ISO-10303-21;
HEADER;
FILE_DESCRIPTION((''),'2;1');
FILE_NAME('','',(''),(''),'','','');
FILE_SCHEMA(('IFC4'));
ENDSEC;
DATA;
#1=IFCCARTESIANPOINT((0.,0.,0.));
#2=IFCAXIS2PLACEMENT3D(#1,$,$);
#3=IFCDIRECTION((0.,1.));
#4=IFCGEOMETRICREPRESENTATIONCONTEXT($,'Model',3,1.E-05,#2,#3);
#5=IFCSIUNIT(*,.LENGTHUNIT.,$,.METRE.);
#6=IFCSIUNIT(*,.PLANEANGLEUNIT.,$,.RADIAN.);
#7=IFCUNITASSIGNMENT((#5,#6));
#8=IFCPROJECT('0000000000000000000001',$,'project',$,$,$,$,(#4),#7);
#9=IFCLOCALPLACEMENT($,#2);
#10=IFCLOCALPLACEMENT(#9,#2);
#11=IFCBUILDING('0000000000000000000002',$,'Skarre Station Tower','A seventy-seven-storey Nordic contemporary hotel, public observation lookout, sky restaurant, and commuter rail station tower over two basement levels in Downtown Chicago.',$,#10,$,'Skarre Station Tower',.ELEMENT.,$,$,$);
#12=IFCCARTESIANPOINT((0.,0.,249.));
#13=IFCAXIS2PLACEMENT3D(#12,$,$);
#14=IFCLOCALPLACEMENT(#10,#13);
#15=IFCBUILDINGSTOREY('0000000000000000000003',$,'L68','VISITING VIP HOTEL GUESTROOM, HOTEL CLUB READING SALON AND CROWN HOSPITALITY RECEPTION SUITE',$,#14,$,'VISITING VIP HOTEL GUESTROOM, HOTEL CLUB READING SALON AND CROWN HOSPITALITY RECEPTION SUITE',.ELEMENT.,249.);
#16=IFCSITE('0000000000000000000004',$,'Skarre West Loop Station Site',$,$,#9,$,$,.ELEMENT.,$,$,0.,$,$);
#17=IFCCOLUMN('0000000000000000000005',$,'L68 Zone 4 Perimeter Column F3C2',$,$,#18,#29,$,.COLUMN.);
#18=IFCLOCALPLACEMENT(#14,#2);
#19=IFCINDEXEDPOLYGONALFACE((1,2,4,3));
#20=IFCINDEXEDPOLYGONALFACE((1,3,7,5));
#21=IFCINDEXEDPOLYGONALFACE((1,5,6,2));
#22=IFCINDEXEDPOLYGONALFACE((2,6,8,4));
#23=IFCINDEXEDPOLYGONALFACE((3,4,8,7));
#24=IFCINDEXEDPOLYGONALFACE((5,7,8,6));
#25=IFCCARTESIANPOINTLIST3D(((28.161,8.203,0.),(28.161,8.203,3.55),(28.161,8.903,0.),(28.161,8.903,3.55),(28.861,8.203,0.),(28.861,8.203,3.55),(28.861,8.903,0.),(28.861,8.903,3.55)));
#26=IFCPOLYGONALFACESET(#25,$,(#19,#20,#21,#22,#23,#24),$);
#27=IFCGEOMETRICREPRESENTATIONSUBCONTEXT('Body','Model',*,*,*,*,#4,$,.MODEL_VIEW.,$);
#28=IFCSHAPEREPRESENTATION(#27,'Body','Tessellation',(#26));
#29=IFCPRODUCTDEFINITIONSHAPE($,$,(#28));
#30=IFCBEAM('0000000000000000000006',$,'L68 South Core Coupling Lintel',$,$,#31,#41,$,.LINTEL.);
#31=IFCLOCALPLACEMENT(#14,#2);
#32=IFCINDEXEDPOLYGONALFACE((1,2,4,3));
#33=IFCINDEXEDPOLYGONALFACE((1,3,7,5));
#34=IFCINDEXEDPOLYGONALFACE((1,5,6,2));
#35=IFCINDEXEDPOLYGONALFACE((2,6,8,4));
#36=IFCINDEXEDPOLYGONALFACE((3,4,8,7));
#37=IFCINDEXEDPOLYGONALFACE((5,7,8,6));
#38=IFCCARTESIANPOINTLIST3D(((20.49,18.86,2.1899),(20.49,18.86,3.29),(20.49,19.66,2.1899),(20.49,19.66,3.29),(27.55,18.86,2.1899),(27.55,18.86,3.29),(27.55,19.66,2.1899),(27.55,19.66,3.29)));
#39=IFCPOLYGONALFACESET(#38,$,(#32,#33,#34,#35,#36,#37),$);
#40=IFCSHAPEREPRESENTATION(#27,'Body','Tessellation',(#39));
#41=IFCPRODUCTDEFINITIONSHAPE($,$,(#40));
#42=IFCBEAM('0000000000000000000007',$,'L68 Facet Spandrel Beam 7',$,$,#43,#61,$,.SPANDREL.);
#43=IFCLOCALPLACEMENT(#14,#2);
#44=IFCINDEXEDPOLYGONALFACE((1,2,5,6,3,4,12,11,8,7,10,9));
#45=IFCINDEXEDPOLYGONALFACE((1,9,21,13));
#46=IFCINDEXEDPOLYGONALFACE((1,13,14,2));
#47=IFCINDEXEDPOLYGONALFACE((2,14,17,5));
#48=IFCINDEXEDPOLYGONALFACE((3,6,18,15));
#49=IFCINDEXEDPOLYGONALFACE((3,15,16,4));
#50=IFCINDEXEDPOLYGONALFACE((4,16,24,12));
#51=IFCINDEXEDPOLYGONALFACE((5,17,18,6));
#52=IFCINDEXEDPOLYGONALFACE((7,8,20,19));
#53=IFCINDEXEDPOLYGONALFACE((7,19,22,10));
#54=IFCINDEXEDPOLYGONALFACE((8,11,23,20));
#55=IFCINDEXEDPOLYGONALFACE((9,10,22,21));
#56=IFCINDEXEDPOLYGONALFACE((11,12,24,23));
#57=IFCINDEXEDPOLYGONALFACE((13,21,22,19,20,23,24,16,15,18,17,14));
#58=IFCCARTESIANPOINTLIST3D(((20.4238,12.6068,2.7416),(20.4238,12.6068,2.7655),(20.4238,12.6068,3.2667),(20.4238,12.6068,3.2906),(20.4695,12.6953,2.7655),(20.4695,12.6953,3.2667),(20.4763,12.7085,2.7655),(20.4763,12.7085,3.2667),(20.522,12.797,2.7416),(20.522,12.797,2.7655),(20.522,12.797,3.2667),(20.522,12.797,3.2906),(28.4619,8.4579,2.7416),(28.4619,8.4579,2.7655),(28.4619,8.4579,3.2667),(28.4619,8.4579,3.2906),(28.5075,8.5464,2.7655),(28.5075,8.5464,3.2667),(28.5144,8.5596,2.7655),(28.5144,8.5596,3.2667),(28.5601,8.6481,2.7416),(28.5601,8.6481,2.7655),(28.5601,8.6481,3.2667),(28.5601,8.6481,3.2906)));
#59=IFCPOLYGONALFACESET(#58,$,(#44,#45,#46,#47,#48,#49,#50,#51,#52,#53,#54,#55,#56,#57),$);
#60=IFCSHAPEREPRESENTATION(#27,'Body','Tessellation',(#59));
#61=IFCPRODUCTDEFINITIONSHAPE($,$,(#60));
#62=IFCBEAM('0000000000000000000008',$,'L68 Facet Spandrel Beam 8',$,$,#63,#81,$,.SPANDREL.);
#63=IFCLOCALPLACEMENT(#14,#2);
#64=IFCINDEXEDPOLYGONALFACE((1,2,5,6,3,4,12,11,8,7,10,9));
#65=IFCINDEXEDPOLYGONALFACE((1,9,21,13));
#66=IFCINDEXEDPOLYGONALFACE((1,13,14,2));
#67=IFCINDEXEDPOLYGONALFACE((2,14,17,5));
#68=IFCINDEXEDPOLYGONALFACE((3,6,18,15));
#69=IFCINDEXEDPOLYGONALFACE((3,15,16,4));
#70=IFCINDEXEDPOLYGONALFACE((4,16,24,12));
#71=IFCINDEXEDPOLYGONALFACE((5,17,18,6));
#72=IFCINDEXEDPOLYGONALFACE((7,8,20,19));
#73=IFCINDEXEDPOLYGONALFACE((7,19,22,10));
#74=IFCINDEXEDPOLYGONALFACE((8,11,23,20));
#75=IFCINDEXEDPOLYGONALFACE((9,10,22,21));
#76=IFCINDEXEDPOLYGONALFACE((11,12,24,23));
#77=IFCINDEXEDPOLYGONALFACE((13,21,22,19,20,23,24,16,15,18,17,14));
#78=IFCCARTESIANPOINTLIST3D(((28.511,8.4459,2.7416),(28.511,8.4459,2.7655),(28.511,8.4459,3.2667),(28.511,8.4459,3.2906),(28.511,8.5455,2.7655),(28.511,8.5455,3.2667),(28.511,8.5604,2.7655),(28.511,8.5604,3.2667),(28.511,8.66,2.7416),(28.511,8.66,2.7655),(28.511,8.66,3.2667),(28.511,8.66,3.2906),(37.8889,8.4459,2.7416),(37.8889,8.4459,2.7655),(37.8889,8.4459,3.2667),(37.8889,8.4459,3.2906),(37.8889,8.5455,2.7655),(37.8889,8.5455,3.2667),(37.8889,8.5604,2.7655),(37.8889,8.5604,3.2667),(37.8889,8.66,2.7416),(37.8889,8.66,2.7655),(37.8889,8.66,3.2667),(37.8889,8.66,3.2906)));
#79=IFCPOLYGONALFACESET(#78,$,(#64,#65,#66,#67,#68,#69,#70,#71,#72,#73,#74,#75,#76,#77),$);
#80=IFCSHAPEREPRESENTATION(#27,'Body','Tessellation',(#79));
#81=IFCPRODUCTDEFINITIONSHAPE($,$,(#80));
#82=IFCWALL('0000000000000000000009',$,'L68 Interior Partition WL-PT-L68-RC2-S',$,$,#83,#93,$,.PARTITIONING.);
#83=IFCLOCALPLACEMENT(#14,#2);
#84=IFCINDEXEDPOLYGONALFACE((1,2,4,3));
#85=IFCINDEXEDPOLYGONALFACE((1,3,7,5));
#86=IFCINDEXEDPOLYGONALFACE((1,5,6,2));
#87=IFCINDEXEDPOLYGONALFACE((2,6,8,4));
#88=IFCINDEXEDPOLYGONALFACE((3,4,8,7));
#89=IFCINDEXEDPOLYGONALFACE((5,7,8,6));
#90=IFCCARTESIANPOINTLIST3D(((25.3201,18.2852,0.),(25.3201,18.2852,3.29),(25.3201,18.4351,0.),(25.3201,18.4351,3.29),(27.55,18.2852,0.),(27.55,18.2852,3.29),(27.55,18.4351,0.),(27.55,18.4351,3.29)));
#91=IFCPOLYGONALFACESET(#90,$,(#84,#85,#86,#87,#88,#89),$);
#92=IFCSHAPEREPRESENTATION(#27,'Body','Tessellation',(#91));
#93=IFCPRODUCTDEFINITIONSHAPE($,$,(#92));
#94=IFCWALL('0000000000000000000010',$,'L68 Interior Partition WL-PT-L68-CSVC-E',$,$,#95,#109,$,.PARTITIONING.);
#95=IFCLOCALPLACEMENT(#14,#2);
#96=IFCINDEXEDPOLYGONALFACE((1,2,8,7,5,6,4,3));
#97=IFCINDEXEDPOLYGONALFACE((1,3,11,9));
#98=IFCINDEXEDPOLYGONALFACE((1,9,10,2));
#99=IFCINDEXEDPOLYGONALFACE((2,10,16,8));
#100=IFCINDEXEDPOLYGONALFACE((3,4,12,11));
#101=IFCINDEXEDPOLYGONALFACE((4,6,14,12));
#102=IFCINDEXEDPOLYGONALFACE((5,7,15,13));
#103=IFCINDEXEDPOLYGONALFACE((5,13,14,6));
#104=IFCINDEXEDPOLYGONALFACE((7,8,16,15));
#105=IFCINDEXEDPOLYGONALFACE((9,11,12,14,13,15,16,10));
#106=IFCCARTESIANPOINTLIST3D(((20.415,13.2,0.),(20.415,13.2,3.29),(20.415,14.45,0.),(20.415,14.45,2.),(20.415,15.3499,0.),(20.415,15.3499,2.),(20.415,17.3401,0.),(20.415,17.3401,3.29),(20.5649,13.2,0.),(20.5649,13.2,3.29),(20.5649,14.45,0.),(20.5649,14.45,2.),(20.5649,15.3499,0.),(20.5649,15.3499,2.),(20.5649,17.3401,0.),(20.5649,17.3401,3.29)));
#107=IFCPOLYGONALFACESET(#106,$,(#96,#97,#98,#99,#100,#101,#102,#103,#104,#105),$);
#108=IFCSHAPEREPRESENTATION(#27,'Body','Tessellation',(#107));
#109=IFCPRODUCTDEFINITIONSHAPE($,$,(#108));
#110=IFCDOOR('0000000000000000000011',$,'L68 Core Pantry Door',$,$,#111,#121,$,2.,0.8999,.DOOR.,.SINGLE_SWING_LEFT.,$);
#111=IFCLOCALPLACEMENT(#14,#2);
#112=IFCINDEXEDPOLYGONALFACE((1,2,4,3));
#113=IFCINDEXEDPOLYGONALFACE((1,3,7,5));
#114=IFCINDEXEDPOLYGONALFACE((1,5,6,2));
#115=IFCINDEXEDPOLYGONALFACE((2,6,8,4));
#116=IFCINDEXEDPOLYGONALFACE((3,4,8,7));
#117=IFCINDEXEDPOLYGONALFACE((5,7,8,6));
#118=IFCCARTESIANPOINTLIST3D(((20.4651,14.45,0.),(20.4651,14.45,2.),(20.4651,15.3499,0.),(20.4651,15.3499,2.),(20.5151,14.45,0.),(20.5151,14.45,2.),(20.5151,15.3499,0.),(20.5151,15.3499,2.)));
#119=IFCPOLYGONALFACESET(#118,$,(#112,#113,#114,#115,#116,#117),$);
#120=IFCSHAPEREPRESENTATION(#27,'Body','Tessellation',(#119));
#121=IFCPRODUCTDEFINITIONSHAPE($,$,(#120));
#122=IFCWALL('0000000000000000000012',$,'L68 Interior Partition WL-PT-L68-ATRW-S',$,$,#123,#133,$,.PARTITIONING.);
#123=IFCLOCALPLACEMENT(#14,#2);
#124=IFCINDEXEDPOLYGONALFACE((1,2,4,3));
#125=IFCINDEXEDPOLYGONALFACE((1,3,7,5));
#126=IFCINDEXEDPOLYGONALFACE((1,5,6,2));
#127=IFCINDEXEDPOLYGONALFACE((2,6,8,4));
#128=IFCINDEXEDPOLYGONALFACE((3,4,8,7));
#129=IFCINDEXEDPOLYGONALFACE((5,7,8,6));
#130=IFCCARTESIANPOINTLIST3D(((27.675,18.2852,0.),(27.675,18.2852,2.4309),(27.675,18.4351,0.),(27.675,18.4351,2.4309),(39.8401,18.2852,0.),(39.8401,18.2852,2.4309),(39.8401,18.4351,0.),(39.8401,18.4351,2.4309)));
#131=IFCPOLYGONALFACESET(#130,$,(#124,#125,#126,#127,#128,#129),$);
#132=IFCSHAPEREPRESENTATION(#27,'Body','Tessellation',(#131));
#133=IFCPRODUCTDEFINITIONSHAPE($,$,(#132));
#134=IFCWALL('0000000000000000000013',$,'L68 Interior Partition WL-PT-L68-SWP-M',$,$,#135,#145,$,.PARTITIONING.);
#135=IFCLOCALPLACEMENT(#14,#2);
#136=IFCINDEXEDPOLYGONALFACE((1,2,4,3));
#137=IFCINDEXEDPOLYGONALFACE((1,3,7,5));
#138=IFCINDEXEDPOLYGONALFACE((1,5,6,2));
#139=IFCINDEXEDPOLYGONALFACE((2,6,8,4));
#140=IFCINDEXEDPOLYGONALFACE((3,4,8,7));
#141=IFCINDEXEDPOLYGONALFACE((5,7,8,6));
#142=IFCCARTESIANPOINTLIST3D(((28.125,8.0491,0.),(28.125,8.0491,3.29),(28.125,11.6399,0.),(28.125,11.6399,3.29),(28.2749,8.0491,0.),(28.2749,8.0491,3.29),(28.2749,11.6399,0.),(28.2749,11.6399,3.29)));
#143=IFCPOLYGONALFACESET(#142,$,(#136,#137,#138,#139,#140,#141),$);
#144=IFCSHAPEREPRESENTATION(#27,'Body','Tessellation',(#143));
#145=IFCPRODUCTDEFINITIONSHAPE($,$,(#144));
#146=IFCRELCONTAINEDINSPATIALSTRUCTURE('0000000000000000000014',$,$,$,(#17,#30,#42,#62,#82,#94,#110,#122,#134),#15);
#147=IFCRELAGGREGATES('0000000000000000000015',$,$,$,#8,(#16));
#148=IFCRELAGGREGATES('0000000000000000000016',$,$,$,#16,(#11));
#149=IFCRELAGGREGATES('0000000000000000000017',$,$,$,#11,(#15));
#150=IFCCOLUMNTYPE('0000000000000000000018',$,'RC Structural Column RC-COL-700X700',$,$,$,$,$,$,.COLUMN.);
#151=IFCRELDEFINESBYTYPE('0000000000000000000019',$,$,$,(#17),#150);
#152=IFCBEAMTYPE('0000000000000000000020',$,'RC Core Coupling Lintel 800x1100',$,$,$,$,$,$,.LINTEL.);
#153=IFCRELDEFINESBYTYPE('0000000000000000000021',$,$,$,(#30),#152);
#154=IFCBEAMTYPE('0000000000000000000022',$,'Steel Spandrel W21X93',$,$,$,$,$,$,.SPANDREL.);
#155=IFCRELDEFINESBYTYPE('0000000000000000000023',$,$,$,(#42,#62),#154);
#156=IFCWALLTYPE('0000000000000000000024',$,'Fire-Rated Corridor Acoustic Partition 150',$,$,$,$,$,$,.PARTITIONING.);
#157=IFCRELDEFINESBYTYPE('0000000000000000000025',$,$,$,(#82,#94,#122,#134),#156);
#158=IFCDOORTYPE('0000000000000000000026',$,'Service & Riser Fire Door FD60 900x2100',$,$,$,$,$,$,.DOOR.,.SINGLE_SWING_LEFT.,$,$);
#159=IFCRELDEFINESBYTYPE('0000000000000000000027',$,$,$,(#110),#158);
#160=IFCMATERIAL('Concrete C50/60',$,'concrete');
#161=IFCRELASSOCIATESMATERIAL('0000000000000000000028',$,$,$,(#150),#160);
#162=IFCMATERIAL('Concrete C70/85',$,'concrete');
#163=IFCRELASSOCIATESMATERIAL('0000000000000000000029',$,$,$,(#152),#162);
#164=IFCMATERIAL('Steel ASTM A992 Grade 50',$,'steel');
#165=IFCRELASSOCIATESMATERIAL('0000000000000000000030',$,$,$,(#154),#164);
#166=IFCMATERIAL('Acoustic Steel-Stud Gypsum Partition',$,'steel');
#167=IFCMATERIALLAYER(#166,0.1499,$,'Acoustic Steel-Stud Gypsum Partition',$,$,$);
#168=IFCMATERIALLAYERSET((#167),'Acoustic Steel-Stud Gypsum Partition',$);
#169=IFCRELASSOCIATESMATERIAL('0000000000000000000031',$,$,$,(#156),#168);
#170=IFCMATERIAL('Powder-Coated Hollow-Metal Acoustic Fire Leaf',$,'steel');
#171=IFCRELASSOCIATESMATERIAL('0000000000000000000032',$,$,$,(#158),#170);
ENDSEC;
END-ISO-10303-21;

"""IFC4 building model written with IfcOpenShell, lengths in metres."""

from ifc_helpers import new_model, si_unit, direction, frame, frame_2d, origin, origin_2d, place, context, subcontext, project, spatial, rectangle, i_section, extrude, material, layer, layer_set, material_profile, profile_set, type_object, element, fill, save


model = new_model("IFC4")

# Units and contexts
model_context = context("Model", 3, precision=1e-05, world=origin(), true_north=direction((0.0, 1.0)))
body_context = subcontext(model_context, "Body", "Model", "MODEL_VIEW")
ifc_project = project(units=[si_unit("LENGTHUNIT", "METRE"), si_unit("PLANEANGLEUNIT", "RADIAN")], contexts=[model_context])

# Site, building, storey
site_placement = place(None, origin())
site = spatial("IfcSite", under=ifc_project, at=site_placement, Name="Skarre West Loop Station Site", CompositionType="ELEMENT", RefElevation=0.0)
building_placement = place(site_placement, origin())
building = spatial("IfcBuilding", under=site, at=building_placement, Name="Skarre Station Tower", Description="A seventy-seven-storey Nordic contemporary hotel, public observation lookout, sky restaurant, and commuter rail station tower over two basement levels in Downtown Chicago.", LongName="Skarre Station Tower", CompositionType="ELEMENT")
storey_placement = place(building_placement, frame((0.0, 0.0, 249.0)))
storey = spatial("IfcBuildingStorey", under=building, at=storey_placement, Name="L68", Description="VISITING VIP HOTEL GUESTROOM, HOTEL CLUB READING SALON AND CROWN HOSPITALITY RECEPTION SUITE", LongName="VISITING VIP HOTEL GUESTROOM, HOTEL CLUB READING SALON AND CROWN HOSPITALITY RECEPTION SUITE", CompositionType="ELEMENT", Elevation=249.0)

# Column
ifc_material_1 = material(Name="Concrete C50/60", Category="concrete")
ifc_material_profile_1 = material_profile(ifc_material_1, rectangle(XDim=0.7, YDim=0.7, at=origin_2d()), Name="Concrete C50/60")
ifc_profile_set_1 = profile_set([ifc_material_profile_1], Name="Concrete C50/60")
column_type = type_object("IfcColumnType", Name="RC Structural Column RC-COL-700X700", PredefinedType="COLUMN", material=ifc_profile_set_1)
column_placement = place(storey_placement, frame((28.511, 8.553, 0.0), z_axis=(0.0, 0.0, 1.0), x_axis=(1.0, 0.0, 0.0)))
element("IfcColumn", 1, at=column_placement, inside=storey, type_object=column_type, Name="L68 Zone 4 Perimeter Column F3C2", PredefinedType="COLUMN", context=body_context, shape_type="SweptSolid", body=[
    extrude(rectangle(XDim=0.7, YDim=0.7, at=origin_2d()), origin(), (0.0, 0.0, 1.0), 3.55),
])

# Beams
ifc_material_2 = material(Name="Concrete C70/85", Category="concrete")
ifc_material_profile_2 = material_profile(ifc_material_2, rectangle(XDim=0.8, YDim=1.1001, at=origin_2d()), Name="Concrete C70/85")
ifc_profile_set_2 = profile_set([ifc_material_profile_2], Name="Concrete C70/85")
beam_type_1 = type_object("IfcBeamType", Name="RC Core Coupling Lintel 800x1100", PredefinedType="LINTEL", material=ifc_profile_set_2)
beam_1_placement = place(storey_placement, frame((20.49, 19.26, 2.74), z_axis=(1.0, 0.0, 0.0), x_axis=(0.0, 1.0, 0.0)))
element("IfcBeam", 2, at=beam_1_placement, inside=storey, type_object=beam_type_1, Name="L68 South Core Coupling Lintel", PredefinedType="LINTEL", context=body_context, shape_type="SweptSolid", body=[
    extrude(rectangle(XDim=0.8, YDim=1.1001, at=origin_2d()), origin(), (0.0, 0.0, 1.0), 7.0601),
])
ifc_material_3 = material(Name="Steel ASTM A992 Grade 50", Category="steel")
ifc_material_profile_3 = material_profile(ifc_material_3, i_section(OverallWidth=0.2141, OverallDepth=0.5491, WebThickness=0.0149, FlangeThickness=0.0239, at=origin_2d()), Name="Steel ASTM A992 Grade 50")
ifc_profile_set_3 = profile_set([ifc_material_profile_3], Name="Steel ASTM A992 Grade 50")
beam_type_2 = type_object("IfcBeamType", Name="Steel Spandrel W21X93", PredefinedType="SPANDREL", material=ifc_profile_set_3)
beam_2_placement = place(storey_placement, frame((20.4729, 12.7019, 3.0161), z_axis=(0.88861, -0.458664, 0.0), x_axis=(0.458664, 0.88861, 0.0)))
element("IfcBeam", 3, at=beam_2_placement, inside=storey, type_object=beam_type_2, Name="L68 Facet Spandrel Beam 7", PredefinedType="SPANDREL", context=body_context, shape_type="SweptSolid", body=[
    extrude(i_section(OverallWidth=0.2141, OverallDepth=0.5491, WebThickness=0.0149, FlangeThickness=0.0239, at=origin_2d()), origin(), (0.0, 0.0, 1.0), 9.0457),
])
beam_3_placement = place(storey_placement, frame((28.511, 8.553, 3.0161), z_axis=(1.0, 0.0, 0.0), x_axis=(0.0, 1.0, 0.0)))
element("IfcBeam", 4, at=beam_3_placement, inside=storey, type_object=beam_type_2, Name="L68 Facet Spandrel Beam 8", PredefinedType="SPANDREL", context=body_context, shape_type="SweptSolid", body=[
    extrude(i_section(OverallWidth=0.2141, OverallDepth=0.5491, WebThickness=0.0149, FlangeThickness=0.0239, at=origin_2d()), origin(), (0.0, 0.0, 1.0), 9.3779),
])

# Wall
ifc_material_4 = material(Name="Acoustic Steel-Stud Gypsum Partition", Category="steel")
ifc_layer_1 = layer(ifc_material_4, 0.1499, Name="Acoustic Steel-Stud Gypsum Partition")
ifc_layer_set_1 = layer_set([ifc_layer_1], Name="Acoustic Steel-Stud Gypsum Partition")
wall_type_1 = type_object("IfcWallType", Name="Fire-Rated Corridor Acoustic Partition 150", PredefinedType="PARTITIONING", material=ifc_layer_set_1)
wall_1_placement = place(storey_placement, frame((25.3201, 18.3601, 0.0), z_axis=(0.0, 0.0, 1.0), x_axis=(1.0, 0.0, 0.0)))
element("IfcWall", 5, at=wall_1_placement, inside=storey, type_object=wall_type_1, Name="L68 Interior Partition WL-PT-L68-RC2-S", PredefinedType="PARTITIONING", context=body_context, shape_type="SweptSolid", body=[
    extrude(rectangle(XDim=2.23, YDim=0.1499, at=frame_2d((1.115, 0.0))), origin(), (0.0, 0.0, 1.0), 3.29),
])

# Wall, opening, door
wall_2_placement = place(storey_placement, frame((20.49, 13.2, 0.0), z_axis=(0.0, 0.0, 1.0), x_axis=(0.0, 1.0, 0.0)))
wall_2 = element("IfcWall", 6, at=wall_2_placement, inside=storey, type_object=wall_type_1, Name="L68 Interior Partition WL-PT-L68-CSVC-E", PredefinedType="PARTITIONING", context=body_context, shape_type="SweptSolid", body=[
    extrude(rectangle(XDim=4.1401, YDim=0.1499, at=frame_2d((2.0701, 0.0))), origin(), (0.0, 0.0, 1.0), 3.29),
])
opening_1_placement = place(wall_2_placement, frame((1.25, 0.0, 0.0)))
opening_1 = element("IfcOpeningElement", 7, at=opening_1_placement, cuts=wall_2, PredefinedType="OPENING", context=body_context, shape_type="SweptSolid", body=[
    extrude(rectangle(XDim=0.8999, YDim=2.0, at=frame_2d((0.45, 1.0))), frame((0.0, 0.085, 0.0), z_axis=(0.0, -1.0, 0.0), x_axis=(1.0, 0.0, 0.0)), (0.0, 0.0, 1.0), 0.1699),
])
ifc_material_5 = material(Name="Powder-Coated Hollow-Metal Acoustic Fire Leaf", Category="steel")
door_type_1 = type_object("IfcDoorType", Name="Service & Riser Fire Door FD60 900x2100", OperationType="SINGLE_SWING_LEFT", PredefinedType="DOOR", material=ifc_material_5)
door_1_placement = place(opening_1_placement, origin())
door_1 = element("IfcDoor", 8, at=door_1_placement, inside=storey, type_object=door_type_1, Name="L68 Core Pantry Door", OperationType="SINGLE_SWING_LEFT", OverallHeight=2.0, OverallWidth=0.8999, PredefinedType="DOOR", context=body_context, shape_type="SweptSolid", body=[
    extrude(rectangle(XDim=0.8999, YDim=2.0, at=frame_2d((0.45, 1.0))), frame((0.0, 0.0249, 0.0), z_axis=(0.0, -1.0, 0.0), x_axis=(1.0, 0.0, 0.0)), (0.0, 0.0, 1.0), 0.05),
])
fill(opening_1, door_1)

# Walls
wall_3_placement = place(storey_placement, frame((27.675, 18.3601, 0.0), z_axis=(0.0, 0.0, 1.0), x_axis=(1.0, 0.0, 0.0)))
element("IfcWall", 9, at=wall_3_placement, inside=storey, type_object=wall_type_1, Name="L68 Interior Partition WL-PT-L68-ATRW-S", PredefinedType="PARTITIONING", context=body_context, shape_type="SweptSolid", body=[
    extrude(rectangle(XDim=12.165, YDim=0.1499, at=frame_2d((6.0825, 0.0))), origin(), (0.0, 0.0, 1.0), 2.4309),
])
wall_4_placement = place(storey_placement, frame((28.2, 8.0491, 0.0), z_axis=(0.0, 0.0, 1.0), x_axis=(0.0, 1.0, 0.0)))
element("IfcWall", 10, at=wall_4_placement, inside=storey, type_object=wall_type_1, Name="L68 Interior Partition WL-PT-L68-SWP-M", PredefinedType="PARTITIONING", context=body_context, shape_type="SweptSolid", body=[
    extrude(rectangle(XDim=3.5908, YDim=0.1499, at=frame_2d((1.7954, 0.0))), origin(), (0.0, 0.0, 1.0), 3.29),
])

save(model, "model.ifc")
